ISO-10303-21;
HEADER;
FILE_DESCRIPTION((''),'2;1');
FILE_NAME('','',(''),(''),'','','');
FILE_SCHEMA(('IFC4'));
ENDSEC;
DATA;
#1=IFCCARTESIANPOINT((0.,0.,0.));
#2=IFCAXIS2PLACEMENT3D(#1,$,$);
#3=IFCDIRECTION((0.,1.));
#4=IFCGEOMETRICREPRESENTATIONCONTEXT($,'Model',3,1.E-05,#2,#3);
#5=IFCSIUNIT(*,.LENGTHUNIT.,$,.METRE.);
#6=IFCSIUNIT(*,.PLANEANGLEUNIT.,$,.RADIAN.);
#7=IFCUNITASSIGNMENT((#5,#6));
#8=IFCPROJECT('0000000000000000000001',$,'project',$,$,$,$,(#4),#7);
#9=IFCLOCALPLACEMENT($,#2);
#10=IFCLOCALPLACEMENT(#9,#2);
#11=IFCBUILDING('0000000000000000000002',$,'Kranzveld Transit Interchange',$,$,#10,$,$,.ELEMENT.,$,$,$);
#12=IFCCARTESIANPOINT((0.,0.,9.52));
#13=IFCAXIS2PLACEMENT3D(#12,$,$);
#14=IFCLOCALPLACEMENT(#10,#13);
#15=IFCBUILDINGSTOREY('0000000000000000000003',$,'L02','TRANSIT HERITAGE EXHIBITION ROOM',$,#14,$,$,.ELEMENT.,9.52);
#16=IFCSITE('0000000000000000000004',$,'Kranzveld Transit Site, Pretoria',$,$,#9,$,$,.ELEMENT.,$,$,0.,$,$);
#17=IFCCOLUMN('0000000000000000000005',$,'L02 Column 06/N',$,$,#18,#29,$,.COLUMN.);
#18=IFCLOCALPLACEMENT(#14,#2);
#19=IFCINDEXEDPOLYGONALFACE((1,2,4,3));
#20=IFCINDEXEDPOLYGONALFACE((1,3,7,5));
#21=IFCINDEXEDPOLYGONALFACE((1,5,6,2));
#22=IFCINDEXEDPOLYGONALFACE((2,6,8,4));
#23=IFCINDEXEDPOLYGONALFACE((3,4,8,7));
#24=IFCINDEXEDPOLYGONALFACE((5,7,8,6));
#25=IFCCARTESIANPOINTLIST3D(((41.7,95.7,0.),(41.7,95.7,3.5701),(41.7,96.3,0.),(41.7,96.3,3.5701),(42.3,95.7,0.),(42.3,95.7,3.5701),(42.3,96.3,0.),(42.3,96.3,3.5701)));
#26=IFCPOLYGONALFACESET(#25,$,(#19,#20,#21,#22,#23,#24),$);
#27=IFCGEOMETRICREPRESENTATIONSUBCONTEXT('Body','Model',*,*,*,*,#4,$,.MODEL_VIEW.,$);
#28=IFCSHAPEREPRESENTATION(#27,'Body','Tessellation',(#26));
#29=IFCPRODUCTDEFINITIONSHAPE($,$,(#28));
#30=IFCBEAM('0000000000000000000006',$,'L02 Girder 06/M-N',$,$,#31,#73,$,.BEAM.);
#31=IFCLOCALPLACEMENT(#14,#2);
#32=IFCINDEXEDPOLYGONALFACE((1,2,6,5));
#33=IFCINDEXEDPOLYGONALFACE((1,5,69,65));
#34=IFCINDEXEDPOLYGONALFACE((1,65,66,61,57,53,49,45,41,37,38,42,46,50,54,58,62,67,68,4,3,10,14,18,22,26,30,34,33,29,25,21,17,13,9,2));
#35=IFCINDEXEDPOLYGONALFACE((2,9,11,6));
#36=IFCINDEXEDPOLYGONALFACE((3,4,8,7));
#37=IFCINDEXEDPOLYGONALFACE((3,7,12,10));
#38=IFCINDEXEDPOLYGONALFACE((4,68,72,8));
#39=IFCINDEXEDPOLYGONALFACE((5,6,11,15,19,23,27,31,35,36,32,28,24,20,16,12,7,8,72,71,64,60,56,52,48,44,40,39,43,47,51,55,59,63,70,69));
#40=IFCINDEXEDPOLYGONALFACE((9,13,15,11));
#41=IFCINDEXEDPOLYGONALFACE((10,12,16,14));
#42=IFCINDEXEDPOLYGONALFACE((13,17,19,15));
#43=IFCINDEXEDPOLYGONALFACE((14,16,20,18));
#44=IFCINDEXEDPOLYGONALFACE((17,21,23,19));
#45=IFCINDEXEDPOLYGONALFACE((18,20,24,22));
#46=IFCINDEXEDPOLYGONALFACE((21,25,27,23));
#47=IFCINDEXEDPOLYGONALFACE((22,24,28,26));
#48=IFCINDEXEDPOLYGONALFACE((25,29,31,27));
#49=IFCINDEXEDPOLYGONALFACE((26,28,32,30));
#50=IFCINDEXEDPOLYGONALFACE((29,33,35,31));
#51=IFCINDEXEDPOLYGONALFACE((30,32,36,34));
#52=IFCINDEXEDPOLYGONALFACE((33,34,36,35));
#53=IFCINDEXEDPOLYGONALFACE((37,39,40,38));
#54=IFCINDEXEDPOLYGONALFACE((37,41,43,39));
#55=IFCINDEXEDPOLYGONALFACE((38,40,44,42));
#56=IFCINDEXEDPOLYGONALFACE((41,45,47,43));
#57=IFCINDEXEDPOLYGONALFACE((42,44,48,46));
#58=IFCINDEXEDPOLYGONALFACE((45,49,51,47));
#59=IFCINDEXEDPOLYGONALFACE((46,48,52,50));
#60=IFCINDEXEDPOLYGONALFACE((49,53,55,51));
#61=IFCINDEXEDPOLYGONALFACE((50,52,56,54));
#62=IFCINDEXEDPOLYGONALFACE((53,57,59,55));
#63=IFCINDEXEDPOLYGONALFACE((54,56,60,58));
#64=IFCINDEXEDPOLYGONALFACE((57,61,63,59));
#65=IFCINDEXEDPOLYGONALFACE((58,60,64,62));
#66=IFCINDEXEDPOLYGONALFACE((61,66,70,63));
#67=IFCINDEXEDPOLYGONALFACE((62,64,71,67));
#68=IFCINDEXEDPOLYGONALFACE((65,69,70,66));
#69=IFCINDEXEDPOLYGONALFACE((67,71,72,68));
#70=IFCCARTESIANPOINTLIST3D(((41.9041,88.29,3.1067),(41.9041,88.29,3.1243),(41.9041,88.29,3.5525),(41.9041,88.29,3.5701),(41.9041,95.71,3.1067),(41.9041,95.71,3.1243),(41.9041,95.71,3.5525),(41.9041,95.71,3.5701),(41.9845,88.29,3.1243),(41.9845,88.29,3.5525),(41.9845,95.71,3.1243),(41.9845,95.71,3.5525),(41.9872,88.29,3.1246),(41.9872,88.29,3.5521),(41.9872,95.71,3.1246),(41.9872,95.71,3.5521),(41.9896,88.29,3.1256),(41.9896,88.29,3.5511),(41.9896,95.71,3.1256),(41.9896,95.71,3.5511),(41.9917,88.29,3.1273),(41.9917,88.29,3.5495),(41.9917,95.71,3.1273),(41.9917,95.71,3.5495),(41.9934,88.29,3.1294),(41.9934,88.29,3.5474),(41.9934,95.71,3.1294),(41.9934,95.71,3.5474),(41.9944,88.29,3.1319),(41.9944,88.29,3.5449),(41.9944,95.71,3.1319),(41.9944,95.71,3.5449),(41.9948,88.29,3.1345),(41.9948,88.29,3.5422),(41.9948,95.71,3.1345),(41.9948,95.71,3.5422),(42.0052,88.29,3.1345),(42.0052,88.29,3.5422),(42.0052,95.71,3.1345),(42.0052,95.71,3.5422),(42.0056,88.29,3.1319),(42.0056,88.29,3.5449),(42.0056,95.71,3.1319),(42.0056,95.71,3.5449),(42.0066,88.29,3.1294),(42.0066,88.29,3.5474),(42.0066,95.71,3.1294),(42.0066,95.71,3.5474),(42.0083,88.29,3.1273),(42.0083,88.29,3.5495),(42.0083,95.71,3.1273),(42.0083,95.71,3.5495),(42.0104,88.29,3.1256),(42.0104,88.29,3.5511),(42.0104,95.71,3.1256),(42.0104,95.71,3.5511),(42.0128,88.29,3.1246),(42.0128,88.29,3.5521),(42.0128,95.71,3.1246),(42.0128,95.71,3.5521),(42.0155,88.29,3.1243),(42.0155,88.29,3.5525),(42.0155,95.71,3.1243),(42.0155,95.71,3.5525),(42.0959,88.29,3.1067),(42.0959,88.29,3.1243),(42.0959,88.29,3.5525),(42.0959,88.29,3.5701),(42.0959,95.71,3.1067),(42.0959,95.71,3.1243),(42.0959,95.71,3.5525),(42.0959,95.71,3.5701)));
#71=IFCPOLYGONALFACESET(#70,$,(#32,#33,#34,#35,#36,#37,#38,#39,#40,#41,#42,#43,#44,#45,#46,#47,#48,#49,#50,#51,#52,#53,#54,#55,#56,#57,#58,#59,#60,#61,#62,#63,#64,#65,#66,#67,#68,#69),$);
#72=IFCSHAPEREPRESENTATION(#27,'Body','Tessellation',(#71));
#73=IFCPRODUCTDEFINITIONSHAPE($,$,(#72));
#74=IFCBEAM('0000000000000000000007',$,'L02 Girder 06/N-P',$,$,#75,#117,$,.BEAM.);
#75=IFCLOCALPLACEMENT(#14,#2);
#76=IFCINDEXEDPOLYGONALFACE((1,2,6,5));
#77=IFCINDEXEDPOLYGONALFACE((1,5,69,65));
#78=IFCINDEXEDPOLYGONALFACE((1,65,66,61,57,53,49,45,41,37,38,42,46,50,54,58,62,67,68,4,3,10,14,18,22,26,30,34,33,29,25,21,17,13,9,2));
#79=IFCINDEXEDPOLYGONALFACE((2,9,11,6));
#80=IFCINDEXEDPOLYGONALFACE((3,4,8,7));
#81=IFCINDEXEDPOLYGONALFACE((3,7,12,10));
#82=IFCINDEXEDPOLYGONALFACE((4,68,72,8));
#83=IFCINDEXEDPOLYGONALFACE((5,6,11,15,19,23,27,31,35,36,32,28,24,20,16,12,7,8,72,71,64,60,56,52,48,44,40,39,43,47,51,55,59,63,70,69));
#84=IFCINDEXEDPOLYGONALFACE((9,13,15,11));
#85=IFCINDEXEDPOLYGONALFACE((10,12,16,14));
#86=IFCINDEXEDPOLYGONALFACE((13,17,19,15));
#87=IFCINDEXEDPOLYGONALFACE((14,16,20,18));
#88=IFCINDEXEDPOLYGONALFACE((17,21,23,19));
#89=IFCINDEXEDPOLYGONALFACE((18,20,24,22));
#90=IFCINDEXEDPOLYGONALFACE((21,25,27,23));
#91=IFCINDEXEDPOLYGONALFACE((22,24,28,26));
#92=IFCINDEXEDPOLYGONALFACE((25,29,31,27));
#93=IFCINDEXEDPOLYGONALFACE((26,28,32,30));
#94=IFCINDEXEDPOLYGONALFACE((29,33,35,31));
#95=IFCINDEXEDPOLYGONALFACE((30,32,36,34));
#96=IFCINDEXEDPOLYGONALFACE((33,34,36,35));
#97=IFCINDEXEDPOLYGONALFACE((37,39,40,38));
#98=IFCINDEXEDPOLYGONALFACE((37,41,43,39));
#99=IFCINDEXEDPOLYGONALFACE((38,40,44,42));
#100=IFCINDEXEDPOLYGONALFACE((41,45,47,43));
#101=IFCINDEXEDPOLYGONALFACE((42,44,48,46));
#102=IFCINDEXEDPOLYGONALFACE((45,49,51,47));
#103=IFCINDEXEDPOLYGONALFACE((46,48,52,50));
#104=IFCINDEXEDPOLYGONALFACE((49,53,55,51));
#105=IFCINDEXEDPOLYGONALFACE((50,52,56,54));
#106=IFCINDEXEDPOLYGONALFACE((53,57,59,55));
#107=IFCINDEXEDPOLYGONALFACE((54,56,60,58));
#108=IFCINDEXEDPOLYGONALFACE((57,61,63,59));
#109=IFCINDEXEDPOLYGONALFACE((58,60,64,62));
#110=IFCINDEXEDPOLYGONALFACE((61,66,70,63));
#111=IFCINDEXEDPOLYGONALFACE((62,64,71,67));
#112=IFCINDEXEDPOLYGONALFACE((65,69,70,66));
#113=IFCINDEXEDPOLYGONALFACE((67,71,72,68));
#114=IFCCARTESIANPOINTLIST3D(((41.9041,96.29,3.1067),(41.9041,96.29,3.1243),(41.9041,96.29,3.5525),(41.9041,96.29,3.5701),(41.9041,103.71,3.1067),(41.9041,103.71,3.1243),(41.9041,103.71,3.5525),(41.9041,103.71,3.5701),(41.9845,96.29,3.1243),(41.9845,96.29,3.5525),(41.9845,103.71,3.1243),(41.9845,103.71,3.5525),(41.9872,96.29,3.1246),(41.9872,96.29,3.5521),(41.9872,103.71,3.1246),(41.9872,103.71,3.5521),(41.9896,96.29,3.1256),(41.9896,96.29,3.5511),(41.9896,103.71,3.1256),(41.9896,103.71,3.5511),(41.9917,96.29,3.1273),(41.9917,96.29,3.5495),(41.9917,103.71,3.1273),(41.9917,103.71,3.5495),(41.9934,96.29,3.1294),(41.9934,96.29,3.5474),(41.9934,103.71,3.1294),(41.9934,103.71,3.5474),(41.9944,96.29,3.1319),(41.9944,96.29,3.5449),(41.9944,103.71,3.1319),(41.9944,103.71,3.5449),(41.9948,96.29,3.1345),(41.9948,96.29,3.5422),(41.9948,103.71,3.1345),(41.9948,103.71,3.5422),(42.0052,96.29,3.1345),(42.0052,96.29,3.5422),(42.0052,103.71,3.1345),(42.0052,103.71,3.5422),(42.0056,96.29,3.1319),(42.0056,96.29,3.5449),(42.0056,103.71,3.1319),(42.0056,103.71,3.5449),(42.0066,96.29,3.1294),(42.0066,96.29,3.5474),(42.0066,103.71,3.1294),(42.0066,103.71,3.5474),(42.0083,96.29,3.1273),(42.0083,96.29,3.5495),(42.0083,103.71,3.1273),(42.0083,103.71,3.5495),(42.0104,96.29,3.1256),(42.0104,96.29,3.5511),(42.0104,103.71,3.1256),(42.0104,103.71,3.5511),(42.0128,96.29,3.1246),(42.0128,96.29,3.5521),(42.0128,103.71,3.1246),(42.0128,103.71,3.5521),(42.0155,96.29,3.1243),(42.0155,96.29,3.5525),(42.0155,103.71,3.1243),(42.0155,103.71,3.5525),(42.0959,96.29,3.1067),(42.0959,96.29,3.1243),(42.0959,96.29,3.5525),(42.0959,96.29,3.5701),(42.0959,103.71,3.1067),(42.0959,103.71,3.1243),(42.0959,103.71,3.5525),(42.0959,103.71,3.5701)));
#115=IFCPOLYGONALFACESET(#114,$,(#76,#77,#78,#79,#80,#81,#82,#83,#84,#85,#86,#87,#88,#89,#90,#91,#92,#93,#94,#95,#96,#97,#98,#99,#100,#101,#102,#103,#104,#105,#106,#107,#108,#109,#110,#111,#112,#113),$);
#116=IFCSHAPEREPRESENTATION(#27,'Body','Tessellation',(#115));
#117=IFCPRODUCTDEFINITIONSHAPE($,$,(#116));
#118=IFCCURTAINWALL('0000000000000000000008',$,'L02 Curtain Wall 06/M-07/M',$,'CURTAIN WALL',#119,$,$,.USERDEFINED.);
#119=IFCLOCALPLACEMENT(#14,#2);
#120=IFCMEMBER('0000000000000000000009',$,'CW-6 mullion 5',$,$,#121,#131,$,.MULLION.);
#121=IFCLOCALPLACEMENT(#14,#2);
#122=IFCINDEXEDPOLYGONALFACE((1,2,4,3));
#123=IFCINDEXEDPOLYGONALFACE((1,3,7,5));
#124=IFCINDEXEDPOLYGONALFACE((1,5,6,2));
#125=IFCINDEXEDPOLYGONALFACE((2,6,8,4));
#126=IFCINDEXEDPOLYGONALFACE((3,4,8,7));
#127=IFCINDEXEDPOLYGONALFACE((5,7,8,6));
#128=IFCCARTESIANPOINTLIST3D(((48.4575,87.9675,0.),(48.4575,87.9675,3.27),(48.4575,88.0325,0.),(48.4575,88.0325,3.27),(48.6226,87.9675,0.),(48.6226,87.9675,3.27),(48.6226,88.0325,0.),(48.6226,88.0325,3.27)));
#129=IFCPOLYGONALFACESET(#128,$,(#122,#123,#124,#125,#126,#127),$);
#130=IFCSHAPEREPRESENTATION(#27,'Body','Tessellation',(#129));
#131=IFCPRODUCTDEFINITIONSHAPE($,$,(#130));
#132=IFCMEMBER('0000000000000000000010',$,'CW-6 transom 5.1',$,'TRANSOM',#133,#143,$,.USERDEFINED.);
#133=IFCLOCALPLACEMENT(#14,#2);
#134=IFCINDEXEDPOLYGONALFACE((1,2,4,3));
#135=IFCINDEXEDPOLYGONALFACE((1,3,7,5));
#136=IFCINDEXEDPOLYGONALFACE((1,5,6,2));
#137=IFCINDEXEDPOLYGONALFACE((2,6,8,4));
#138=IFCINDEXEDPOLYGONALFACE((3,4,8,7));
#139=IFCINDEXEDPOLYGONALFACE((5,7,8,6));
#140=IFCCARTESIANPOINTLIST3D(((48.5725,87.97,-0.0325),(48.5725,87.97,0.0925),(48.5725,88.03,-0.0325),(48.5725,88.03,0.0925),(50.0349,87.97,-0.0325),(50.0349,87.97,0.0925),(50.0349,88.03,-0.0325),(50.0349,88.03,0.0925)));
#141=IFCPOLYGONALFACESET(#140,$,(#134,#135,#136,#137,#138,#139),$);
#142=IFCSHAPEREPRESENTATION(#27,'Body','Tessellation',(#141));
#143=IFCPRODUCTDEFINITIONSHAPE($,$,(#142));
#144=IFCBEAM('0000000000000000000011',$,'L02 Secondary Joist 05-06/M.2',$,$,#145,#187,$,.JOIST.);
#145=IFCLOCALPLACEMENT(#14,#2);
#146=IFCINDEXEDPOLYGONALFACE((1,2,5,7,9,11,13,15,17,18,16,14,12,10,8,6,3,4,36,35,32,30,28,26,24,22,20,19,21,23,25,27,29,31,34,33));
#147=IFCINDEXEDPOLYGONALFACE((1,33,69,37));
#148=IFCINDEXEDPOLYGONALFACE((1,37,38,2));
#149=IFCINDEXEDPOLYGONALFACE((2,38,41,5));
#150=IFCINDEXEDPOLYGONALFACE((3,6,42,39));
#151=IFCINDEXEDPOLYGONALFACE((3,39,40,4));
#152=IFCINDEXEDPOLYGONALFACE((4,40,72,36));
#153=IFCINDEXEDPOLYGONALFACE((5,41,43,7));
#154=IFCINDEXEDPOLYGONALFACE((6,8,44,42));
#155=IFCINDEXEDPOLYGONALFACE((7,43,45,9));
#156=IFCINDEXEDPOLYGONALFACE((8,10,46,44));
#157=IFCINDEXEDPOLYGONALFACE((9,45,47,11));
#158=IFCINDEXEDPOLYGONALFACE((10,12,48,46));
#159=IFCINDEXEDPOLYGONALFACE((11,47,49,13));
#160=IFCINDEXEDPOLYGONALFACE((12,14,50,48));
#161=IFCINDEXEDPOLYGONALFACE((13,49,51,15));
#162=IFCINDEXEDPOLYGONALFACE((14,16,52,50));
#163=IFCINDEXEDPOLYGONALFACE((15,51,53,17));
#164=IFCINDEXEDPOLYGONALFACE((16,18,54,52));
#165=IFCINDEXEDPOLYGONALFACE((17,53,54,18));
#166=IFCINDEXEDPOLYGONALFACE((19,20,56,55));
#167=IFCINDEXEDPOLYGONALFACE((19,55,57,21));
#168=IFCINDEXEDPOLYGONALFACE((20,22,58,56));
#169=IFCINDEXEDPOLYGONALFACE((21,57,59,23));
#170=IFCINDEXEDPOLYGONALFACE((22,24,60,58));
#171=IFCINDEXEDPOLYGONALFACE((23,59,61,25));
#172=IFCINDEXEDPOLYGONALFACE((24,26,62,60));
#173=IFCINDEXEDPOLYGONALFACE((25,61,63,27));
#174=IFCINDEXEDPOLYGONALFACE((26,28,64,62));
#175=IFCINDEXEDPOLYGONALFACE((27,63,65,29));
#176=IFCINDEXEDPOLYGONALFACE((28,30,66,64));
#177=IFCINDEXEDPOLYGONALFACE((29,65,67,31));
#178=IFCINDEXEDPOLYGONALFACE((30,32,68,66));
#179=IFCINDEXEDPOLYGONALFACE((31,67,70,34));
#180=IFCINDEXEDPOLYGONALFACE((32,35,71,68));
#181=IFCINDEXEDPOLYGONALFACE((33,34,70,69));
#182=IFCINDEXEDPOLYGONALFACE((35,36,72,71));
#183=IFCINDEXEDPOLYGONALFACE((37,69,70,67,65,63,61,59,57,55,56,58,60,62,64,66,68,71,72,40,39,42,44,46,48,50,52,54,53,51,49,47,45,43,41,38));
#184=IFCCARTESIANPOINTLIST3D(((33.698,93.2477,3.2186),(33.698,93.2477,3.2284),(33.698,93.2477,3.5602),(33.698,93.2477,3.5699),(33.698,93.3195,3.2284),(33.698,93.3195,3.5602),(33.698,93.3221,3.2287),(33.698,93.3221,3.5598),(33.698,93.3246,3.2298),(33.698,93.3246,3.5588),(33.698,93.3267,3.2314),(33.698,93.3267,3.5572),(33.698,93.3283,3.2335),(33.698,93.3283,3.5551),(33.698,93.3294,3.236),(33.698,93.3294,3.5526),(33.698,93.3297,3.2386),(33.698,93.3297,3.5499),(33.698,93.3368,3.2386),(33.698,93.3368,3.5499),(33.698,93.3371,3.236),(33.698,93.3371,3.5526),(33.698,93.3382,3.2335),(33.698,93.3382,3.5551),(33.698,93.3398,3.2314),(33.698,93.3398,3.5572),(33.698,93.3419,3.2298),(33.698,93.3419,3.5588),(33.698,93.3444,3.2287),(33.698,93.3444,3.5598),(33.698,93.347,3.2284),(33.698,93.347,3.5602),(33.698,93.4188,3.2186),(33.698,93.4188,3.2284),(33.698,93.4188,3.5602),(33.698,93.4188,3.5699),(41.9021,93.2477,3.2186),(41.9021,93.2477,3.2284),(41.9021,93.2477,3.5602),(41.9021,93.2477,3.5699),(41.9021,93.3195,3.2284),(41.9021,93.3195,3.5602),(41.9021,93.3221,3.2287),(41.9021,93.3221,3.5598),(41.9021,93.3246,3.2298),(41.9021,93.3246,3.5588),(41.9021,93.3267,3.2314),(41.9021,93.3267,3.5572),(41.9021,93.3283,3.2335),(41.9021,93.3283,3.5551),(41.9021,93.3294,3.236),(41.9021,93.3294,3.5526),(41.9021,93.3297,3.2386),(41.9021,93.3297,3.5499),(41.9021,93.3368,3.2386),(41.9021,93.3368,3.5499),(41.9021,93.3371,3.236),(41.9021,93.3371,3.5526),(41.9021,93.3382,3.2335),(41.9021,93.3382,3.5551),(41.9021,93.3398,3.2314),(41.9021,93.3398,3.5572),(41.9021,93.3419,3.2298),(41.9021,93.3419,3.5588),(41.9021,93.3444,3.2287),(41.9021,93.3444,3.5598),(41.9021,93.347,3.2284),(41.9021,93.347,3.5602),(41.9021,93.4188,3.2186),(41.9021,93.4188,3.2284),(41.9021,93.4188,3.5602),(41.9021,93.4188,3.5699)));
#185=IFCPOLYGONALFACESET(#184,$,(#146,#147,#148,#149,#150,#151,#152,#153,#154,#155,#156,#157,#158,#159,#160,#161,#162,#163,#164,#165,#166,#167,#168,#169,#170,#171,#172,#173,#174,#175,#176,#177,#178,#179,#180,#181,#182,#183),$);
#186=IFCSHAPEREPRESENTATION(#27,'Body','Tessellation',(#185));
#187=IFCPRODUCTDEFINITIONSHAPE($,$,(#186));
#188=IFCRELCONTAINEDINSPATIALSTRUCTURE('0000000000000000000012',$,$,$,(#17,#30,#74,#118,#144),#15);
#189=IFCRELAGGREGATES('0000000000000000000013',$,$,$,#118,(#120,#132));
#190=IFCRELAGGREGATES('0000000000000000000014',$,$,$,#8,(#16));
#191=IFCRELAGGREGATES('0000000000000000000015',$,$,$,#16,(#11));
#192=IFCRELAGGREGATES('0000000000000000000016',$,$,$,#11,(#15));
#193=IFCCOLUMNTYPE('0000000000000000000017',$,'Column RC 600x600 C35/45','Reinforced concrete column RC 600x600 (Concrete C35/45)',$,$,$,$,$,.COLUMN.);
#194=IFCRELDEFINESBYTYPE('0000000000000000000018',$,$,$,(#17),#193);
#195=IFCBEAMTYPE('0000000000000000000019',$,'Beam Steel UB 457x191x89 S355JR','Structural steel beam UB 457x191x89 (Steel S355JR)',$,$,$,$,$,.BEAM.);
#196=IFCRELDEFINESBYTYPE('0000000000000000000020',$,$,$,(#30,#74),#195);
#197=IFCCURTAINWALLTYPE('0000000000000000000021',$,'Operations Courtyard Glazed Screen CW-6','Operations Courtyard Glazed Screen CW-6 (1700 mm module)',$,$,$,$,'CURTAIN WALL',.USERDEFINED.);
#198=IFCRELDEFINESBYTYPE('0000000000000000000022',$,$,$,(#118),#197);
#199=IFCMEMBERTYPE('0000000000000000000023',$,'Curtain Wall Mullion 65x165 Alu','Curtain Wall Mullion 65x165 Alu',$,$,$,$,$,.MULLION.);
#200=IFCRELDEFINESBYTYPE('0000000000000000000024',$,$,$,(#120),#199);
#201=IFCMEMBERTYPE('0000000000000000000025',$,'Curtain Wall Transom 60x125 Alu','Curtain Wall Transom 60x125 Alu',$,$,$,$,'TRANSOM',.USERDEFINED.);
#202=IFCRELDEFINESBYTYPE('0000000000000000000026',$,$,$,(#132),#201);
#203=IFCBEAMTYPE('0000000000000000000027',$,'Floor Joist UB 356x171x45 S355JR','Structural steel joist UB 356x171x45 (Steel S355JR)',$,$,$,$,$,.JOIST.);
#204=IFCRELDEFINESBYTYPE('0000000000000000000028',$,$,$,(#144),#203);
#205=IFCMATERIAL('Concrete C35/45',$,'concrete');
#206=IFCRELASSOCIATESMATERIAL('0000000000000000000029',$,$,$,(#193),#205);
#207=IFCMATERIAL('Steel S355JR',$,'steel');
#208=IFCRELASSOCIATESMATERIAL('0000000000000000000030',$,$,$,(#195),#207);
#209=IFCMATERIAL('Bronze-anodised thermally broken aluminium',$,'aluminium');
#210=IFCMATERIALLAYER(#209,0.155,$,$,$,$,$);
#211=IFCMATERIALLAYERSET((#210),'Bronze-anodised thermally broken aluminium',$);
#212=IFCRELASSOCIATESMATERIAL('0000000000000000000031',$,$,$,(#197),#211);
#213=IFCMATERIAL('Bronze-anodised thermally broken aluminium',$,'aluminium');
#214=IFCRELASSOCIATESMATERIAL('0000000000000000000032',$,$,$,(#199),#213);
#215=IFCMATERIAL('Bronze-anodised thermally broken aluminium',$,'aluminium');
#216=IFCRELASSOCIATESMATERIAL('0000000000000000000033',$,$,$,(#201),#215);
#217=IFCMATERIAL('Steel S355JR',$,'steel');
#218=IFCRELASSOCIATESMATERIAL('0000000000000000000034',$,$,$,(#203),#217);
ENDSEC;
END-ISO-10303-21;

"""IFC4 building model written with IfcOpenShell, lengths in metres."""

from ifc_helpers import new_model, si_unit, direction, frame, origin, origin_2d, place, context, subcontext, project, spatial, rectangle, i_section, extrude, material, layer, layer_set, material_profile, profile_set, type_object, element, aggregate, save


model = new_model("IFC4")

# Units and contexts
model_context = context("Model", 3, precision=1e-05, world=origin(), true_north=direction((0.0, 1.0)))
body_context = subcontext(model_context, "Body", "Model", "MODEL_VIEW")
ifc_project = project(units=[si_unit("LENGTHUNIT", "METRE"), si_unit("PLANEANGLEUNIT", "RADIAN")], contexts=[model_context])

# Site, building, storey
site_placement = place(None, origin())
site = spatial("IfcSite", under=ifc_project, at=site_placement, Name="Kranzveld Transit Site, Pretoria", CompositionType="ELEMENT", RefElevation=0.0)
building_placement = place(site_placement, origin())
building = spatial("IfcBuilding", under=site, at=building_placement, Name="Kranzveld Transit Interchange", CompositionType="ELEMENT")
storey_placement = place(building_placement, frame((0.0, 0.0, 9.52)))
storey = spatial("IfcBuildingStorey", under=building, at=storey_placement, Name="L02", Description="TRANSIT HERITAGE EXHIBITION ROOM", CompositionType="ELEMENT", Elevation=9.52)

# Column
ifc_material_1 = material(Name="Concrete C35/45", Category="concrete")
ifc_material_profile_1 = material_profile(ifc_material_1, rectangle(XDim=0.6001, YDim=0.6001, at=origin_2d()), Name="RC 600x600")
ifc_profile_set_1 = profile_set([ifc_material_profile_1], Name="Concrete C35/45")
column_type = type_object("IfcColumnType", Name="Column RC 600x600 C35/45", Description="Reinforced concrete column RC 600x600 (Concrete C35/45)", PredefinedType="COLUMN", material=ifc_profile_set_1)
column_placement = place(storey_placement, frame((42.0, 96.0, 0.0), z_axis=(0.0, 0.0, 1.0), x_axis=(1.0, 0.0, 0.0)))
element("IfcColumn", 1, at=column_placement, inside=storey, type_object=column_type, Name="L02 Column 06/N", PredefinedType="COLUMN", context=body_context, shape_type="SweptSolid", body=[
    extrude(rectangle(XDim=0.6001, YDim=0.6001, at=origin_2d()), origin(), (0.0, 0.0, 1.0), 3.5701),
])

# Beams
ifc_material_2 = material(Name="Steel S355JR", Category="steel")
ifc_material_profile_2 = material_profile(ifc_material_2, i_section(OverallWidth=0.1919, OverallDepth=0.4634, WebThickness=0.0105, FlangeThickness=0.0176, FilletRadius=0.0103, at=origin_2d()), Name="UB 457x191x89")
ifc_profile_set_2 = profile_set([ifc_material_profile_2], Name="Steel S355JR")
beam_type_1 = type_object("IfcBeamType", Name="Beam Steel UB 457x191x89 S355JR", Description="Structural steel beam UB 457x191x89 (Steel S355JR)", PredefinedType="BEAM", material=ifc_profile_set_2)
for number, where, z_axis, x_axis, name in (
    (2, (42.0, 88.29, 3.3384), (0.0, 1.0, 0.0), (-1.0, 0.0, 0.0), "L02 Girder 06/M-N"),
    (3, (42.0, 96.29, 3.3384), (0.0, 1.0, 0.0), (-1.0, 0.0, 0.0), "L02 Girder 06/N-P"),
):
    element("IfcBeam", number, at=place(storey_placement, frame(where, z_axis=z_axis, x_axis=x_axis)), inside=storey, type_object=beam_type_1, Name=name, PredefinedType="BEAM", context=body_context, shape_type="SweptSolid", body=[
        extrude(i_section(OverallWidth=0.1919, OverallDepth=0.4634, WebThickness=0.0105, FlangeThickness=0.0176, FilletRadius=0.0103, at=origin_2d()), origin(), (0.0, 0.0, 1.0), 7.4199),
    ])

# Curtain wall, members
ifc_material_3 = material(Name="Bronze-anodised thermally broken aluminium", Category="aluminium")
ifc_layer_1 = layer(ifc_material_3, 0.155)
ifc_layer_set_1 = layer_set([ifc_layer_1], Name="Bronze-anodised thermally broken aluminium")
curtain_wall_type = type_object("IfcCurtainWallType", Name="Operations Courtyard Glazed Screen CW-6", Description="Operations Courtyard Glazed Screen CW-6 (1700 mm module)", ElementType="CURTAIN WALL", PredefinedType="USERDEFINED", material=ifc_layer_set_1)
curtain_wall_placement = place(storey_placement, origin())
curtain_wall = element("IfcCurtainWall", 4, at=curtain_wall_placement, inside=storey, type_object=curtain_wall_type, Name="L02 Curtain Wall 06/M-07/M", ObjectType="CURTAIN WALL", PredefinedType="USERDEFINED")
ifc_material_4 = material(Name="Bronze-anodised thermally broken aluminium", Category="aluminium")
ifc_material_profile_3 = material_profile(ifc_material_4, rectangle(XDim=0.0649, YDim=0.165, at=origin_2d()), Name="ALU MULLION 65x165")
ifc_profile_set_3 = profile_set([ifc_material_profile_3], Name="Bronze-anodised thermally broken aluminium")
member_type_1 = type_object("IfcMemberType", Name="Curtain Wall Mullion 65x165 Alu", Description="Curtain Wall Mullion 65x165 Alu", PredefinedType="MULLION", material=ifc_profile_set_3)
member_1_placement = place(storey_placement, frame((48.54, 88.0, 0.0), z_axis=(0.0, 0.0, 1.0), x_axis=(0.0, 1.0, 0.0)))
member_1 = element("IfcMember", 5, at=member_1_placement, type_object=member_type_1, Name="CW-6 mullion 5", PredefinedType="MULLION", context=body_context, shape_type="SweptSolid", body=[
    extrude(rectangle(XDim=0.0649, YDim=0.165, at=origin_2d()), origin(), (0.0, 0.0, 1.0), 3.27),
])
ifc_material_5 = material(Name="Bronze-anodised thermally broken aluminium", Category="aluminium")
ifc_material_profile_4 = material_profile(ifc_material_5, rectangle(XDim=0.0601, YDim=0.125, at=origin_2d()), Name="ALU TRANSOM 60x125")
ifc_profile_set_4 = profile_set([ifc_material_profile_4], Name="Bronze-anodised thermally broken aluminium")
member_type_2 = type_object("IfcMemberType", Name="Curtain Wall Transom 60x125 Alu", Description="Curtain Wall Transom 60x125 Alu", ElementType="TRANSOM", PredefinedType="USERDEFINED", material=ifc_profile_set_4)
member_2_placement = place(storey_placement, frame((48.5725, 88.0, 0.03), z_axis=(1.0, 0.0, 0.0), x_axis=(0.0, 1.0, 0.0)))
member_2 = element("IfcMember", 6, at=member_2_placement, type_object=member_type_2, Name="CW-6 transom 5.1", ObjectType="TRANSOM", PredefinedType="USERDEFINED", context=body_context, shape_type="SweptSolid", body=[
    extrude(rectangle(XDim=0.0601, YDim=0.125, at=origin_2d()), origin(), (0.0, 0.0, 1.0), 1.4624),
])

# Beam
ifc_material_6 = material(Name="Steel S355JR", Category="steel")
ifc_material_profile_5 = material_profile(ifc_material_6, i_section(OverallWidth=0.1711, OverallDepth=0.3513, WebThickness=0.0071, FlangeThickness=0.0098, FilletRadius=0.0103, at=origin_2d()), Name="UB 356x171x45")
ifc_profile_set_5 = profile_set([ifc_material_profile_5], Name="Steel S355JR")
beam_type_2 = type_object("IfcBeamType", Name="Floor Joist UB 356x171x45 S355JR", Description="Structural steel joist UB 356x171x45 (Steel S355JR)", PredefinedType="JOIST", material=ifc_profile_set_5)
beam_placement = place(storey_placement, frame((33.698, 93.3333, 3.3943), z_axis=(1.0, 0.0, 0.0), x_axis=(0.0, 1.0, 0.0)))
element("IfcBeam", 7, at=beam_placement, inside=storey, type_object=beam_type_2, Name="L02 Secondary Joist 05-06/M.2", PredefinedType="JOIST", context=body_context, shape_type="SweptSolid", body=[
    extrude(i_section(OverallWidth=0.1711, OverallDepth=0.3513, WebThickness=0.0071, FlangeThickness=0.0098, FilletRadius=0.0103, at=origin_2d()), origin(), (0.0, 0.0, 1.0), 8.2041),
])

aggregate(curtain_wall, [member_1, member_2])

save(model, "model.ifc")
